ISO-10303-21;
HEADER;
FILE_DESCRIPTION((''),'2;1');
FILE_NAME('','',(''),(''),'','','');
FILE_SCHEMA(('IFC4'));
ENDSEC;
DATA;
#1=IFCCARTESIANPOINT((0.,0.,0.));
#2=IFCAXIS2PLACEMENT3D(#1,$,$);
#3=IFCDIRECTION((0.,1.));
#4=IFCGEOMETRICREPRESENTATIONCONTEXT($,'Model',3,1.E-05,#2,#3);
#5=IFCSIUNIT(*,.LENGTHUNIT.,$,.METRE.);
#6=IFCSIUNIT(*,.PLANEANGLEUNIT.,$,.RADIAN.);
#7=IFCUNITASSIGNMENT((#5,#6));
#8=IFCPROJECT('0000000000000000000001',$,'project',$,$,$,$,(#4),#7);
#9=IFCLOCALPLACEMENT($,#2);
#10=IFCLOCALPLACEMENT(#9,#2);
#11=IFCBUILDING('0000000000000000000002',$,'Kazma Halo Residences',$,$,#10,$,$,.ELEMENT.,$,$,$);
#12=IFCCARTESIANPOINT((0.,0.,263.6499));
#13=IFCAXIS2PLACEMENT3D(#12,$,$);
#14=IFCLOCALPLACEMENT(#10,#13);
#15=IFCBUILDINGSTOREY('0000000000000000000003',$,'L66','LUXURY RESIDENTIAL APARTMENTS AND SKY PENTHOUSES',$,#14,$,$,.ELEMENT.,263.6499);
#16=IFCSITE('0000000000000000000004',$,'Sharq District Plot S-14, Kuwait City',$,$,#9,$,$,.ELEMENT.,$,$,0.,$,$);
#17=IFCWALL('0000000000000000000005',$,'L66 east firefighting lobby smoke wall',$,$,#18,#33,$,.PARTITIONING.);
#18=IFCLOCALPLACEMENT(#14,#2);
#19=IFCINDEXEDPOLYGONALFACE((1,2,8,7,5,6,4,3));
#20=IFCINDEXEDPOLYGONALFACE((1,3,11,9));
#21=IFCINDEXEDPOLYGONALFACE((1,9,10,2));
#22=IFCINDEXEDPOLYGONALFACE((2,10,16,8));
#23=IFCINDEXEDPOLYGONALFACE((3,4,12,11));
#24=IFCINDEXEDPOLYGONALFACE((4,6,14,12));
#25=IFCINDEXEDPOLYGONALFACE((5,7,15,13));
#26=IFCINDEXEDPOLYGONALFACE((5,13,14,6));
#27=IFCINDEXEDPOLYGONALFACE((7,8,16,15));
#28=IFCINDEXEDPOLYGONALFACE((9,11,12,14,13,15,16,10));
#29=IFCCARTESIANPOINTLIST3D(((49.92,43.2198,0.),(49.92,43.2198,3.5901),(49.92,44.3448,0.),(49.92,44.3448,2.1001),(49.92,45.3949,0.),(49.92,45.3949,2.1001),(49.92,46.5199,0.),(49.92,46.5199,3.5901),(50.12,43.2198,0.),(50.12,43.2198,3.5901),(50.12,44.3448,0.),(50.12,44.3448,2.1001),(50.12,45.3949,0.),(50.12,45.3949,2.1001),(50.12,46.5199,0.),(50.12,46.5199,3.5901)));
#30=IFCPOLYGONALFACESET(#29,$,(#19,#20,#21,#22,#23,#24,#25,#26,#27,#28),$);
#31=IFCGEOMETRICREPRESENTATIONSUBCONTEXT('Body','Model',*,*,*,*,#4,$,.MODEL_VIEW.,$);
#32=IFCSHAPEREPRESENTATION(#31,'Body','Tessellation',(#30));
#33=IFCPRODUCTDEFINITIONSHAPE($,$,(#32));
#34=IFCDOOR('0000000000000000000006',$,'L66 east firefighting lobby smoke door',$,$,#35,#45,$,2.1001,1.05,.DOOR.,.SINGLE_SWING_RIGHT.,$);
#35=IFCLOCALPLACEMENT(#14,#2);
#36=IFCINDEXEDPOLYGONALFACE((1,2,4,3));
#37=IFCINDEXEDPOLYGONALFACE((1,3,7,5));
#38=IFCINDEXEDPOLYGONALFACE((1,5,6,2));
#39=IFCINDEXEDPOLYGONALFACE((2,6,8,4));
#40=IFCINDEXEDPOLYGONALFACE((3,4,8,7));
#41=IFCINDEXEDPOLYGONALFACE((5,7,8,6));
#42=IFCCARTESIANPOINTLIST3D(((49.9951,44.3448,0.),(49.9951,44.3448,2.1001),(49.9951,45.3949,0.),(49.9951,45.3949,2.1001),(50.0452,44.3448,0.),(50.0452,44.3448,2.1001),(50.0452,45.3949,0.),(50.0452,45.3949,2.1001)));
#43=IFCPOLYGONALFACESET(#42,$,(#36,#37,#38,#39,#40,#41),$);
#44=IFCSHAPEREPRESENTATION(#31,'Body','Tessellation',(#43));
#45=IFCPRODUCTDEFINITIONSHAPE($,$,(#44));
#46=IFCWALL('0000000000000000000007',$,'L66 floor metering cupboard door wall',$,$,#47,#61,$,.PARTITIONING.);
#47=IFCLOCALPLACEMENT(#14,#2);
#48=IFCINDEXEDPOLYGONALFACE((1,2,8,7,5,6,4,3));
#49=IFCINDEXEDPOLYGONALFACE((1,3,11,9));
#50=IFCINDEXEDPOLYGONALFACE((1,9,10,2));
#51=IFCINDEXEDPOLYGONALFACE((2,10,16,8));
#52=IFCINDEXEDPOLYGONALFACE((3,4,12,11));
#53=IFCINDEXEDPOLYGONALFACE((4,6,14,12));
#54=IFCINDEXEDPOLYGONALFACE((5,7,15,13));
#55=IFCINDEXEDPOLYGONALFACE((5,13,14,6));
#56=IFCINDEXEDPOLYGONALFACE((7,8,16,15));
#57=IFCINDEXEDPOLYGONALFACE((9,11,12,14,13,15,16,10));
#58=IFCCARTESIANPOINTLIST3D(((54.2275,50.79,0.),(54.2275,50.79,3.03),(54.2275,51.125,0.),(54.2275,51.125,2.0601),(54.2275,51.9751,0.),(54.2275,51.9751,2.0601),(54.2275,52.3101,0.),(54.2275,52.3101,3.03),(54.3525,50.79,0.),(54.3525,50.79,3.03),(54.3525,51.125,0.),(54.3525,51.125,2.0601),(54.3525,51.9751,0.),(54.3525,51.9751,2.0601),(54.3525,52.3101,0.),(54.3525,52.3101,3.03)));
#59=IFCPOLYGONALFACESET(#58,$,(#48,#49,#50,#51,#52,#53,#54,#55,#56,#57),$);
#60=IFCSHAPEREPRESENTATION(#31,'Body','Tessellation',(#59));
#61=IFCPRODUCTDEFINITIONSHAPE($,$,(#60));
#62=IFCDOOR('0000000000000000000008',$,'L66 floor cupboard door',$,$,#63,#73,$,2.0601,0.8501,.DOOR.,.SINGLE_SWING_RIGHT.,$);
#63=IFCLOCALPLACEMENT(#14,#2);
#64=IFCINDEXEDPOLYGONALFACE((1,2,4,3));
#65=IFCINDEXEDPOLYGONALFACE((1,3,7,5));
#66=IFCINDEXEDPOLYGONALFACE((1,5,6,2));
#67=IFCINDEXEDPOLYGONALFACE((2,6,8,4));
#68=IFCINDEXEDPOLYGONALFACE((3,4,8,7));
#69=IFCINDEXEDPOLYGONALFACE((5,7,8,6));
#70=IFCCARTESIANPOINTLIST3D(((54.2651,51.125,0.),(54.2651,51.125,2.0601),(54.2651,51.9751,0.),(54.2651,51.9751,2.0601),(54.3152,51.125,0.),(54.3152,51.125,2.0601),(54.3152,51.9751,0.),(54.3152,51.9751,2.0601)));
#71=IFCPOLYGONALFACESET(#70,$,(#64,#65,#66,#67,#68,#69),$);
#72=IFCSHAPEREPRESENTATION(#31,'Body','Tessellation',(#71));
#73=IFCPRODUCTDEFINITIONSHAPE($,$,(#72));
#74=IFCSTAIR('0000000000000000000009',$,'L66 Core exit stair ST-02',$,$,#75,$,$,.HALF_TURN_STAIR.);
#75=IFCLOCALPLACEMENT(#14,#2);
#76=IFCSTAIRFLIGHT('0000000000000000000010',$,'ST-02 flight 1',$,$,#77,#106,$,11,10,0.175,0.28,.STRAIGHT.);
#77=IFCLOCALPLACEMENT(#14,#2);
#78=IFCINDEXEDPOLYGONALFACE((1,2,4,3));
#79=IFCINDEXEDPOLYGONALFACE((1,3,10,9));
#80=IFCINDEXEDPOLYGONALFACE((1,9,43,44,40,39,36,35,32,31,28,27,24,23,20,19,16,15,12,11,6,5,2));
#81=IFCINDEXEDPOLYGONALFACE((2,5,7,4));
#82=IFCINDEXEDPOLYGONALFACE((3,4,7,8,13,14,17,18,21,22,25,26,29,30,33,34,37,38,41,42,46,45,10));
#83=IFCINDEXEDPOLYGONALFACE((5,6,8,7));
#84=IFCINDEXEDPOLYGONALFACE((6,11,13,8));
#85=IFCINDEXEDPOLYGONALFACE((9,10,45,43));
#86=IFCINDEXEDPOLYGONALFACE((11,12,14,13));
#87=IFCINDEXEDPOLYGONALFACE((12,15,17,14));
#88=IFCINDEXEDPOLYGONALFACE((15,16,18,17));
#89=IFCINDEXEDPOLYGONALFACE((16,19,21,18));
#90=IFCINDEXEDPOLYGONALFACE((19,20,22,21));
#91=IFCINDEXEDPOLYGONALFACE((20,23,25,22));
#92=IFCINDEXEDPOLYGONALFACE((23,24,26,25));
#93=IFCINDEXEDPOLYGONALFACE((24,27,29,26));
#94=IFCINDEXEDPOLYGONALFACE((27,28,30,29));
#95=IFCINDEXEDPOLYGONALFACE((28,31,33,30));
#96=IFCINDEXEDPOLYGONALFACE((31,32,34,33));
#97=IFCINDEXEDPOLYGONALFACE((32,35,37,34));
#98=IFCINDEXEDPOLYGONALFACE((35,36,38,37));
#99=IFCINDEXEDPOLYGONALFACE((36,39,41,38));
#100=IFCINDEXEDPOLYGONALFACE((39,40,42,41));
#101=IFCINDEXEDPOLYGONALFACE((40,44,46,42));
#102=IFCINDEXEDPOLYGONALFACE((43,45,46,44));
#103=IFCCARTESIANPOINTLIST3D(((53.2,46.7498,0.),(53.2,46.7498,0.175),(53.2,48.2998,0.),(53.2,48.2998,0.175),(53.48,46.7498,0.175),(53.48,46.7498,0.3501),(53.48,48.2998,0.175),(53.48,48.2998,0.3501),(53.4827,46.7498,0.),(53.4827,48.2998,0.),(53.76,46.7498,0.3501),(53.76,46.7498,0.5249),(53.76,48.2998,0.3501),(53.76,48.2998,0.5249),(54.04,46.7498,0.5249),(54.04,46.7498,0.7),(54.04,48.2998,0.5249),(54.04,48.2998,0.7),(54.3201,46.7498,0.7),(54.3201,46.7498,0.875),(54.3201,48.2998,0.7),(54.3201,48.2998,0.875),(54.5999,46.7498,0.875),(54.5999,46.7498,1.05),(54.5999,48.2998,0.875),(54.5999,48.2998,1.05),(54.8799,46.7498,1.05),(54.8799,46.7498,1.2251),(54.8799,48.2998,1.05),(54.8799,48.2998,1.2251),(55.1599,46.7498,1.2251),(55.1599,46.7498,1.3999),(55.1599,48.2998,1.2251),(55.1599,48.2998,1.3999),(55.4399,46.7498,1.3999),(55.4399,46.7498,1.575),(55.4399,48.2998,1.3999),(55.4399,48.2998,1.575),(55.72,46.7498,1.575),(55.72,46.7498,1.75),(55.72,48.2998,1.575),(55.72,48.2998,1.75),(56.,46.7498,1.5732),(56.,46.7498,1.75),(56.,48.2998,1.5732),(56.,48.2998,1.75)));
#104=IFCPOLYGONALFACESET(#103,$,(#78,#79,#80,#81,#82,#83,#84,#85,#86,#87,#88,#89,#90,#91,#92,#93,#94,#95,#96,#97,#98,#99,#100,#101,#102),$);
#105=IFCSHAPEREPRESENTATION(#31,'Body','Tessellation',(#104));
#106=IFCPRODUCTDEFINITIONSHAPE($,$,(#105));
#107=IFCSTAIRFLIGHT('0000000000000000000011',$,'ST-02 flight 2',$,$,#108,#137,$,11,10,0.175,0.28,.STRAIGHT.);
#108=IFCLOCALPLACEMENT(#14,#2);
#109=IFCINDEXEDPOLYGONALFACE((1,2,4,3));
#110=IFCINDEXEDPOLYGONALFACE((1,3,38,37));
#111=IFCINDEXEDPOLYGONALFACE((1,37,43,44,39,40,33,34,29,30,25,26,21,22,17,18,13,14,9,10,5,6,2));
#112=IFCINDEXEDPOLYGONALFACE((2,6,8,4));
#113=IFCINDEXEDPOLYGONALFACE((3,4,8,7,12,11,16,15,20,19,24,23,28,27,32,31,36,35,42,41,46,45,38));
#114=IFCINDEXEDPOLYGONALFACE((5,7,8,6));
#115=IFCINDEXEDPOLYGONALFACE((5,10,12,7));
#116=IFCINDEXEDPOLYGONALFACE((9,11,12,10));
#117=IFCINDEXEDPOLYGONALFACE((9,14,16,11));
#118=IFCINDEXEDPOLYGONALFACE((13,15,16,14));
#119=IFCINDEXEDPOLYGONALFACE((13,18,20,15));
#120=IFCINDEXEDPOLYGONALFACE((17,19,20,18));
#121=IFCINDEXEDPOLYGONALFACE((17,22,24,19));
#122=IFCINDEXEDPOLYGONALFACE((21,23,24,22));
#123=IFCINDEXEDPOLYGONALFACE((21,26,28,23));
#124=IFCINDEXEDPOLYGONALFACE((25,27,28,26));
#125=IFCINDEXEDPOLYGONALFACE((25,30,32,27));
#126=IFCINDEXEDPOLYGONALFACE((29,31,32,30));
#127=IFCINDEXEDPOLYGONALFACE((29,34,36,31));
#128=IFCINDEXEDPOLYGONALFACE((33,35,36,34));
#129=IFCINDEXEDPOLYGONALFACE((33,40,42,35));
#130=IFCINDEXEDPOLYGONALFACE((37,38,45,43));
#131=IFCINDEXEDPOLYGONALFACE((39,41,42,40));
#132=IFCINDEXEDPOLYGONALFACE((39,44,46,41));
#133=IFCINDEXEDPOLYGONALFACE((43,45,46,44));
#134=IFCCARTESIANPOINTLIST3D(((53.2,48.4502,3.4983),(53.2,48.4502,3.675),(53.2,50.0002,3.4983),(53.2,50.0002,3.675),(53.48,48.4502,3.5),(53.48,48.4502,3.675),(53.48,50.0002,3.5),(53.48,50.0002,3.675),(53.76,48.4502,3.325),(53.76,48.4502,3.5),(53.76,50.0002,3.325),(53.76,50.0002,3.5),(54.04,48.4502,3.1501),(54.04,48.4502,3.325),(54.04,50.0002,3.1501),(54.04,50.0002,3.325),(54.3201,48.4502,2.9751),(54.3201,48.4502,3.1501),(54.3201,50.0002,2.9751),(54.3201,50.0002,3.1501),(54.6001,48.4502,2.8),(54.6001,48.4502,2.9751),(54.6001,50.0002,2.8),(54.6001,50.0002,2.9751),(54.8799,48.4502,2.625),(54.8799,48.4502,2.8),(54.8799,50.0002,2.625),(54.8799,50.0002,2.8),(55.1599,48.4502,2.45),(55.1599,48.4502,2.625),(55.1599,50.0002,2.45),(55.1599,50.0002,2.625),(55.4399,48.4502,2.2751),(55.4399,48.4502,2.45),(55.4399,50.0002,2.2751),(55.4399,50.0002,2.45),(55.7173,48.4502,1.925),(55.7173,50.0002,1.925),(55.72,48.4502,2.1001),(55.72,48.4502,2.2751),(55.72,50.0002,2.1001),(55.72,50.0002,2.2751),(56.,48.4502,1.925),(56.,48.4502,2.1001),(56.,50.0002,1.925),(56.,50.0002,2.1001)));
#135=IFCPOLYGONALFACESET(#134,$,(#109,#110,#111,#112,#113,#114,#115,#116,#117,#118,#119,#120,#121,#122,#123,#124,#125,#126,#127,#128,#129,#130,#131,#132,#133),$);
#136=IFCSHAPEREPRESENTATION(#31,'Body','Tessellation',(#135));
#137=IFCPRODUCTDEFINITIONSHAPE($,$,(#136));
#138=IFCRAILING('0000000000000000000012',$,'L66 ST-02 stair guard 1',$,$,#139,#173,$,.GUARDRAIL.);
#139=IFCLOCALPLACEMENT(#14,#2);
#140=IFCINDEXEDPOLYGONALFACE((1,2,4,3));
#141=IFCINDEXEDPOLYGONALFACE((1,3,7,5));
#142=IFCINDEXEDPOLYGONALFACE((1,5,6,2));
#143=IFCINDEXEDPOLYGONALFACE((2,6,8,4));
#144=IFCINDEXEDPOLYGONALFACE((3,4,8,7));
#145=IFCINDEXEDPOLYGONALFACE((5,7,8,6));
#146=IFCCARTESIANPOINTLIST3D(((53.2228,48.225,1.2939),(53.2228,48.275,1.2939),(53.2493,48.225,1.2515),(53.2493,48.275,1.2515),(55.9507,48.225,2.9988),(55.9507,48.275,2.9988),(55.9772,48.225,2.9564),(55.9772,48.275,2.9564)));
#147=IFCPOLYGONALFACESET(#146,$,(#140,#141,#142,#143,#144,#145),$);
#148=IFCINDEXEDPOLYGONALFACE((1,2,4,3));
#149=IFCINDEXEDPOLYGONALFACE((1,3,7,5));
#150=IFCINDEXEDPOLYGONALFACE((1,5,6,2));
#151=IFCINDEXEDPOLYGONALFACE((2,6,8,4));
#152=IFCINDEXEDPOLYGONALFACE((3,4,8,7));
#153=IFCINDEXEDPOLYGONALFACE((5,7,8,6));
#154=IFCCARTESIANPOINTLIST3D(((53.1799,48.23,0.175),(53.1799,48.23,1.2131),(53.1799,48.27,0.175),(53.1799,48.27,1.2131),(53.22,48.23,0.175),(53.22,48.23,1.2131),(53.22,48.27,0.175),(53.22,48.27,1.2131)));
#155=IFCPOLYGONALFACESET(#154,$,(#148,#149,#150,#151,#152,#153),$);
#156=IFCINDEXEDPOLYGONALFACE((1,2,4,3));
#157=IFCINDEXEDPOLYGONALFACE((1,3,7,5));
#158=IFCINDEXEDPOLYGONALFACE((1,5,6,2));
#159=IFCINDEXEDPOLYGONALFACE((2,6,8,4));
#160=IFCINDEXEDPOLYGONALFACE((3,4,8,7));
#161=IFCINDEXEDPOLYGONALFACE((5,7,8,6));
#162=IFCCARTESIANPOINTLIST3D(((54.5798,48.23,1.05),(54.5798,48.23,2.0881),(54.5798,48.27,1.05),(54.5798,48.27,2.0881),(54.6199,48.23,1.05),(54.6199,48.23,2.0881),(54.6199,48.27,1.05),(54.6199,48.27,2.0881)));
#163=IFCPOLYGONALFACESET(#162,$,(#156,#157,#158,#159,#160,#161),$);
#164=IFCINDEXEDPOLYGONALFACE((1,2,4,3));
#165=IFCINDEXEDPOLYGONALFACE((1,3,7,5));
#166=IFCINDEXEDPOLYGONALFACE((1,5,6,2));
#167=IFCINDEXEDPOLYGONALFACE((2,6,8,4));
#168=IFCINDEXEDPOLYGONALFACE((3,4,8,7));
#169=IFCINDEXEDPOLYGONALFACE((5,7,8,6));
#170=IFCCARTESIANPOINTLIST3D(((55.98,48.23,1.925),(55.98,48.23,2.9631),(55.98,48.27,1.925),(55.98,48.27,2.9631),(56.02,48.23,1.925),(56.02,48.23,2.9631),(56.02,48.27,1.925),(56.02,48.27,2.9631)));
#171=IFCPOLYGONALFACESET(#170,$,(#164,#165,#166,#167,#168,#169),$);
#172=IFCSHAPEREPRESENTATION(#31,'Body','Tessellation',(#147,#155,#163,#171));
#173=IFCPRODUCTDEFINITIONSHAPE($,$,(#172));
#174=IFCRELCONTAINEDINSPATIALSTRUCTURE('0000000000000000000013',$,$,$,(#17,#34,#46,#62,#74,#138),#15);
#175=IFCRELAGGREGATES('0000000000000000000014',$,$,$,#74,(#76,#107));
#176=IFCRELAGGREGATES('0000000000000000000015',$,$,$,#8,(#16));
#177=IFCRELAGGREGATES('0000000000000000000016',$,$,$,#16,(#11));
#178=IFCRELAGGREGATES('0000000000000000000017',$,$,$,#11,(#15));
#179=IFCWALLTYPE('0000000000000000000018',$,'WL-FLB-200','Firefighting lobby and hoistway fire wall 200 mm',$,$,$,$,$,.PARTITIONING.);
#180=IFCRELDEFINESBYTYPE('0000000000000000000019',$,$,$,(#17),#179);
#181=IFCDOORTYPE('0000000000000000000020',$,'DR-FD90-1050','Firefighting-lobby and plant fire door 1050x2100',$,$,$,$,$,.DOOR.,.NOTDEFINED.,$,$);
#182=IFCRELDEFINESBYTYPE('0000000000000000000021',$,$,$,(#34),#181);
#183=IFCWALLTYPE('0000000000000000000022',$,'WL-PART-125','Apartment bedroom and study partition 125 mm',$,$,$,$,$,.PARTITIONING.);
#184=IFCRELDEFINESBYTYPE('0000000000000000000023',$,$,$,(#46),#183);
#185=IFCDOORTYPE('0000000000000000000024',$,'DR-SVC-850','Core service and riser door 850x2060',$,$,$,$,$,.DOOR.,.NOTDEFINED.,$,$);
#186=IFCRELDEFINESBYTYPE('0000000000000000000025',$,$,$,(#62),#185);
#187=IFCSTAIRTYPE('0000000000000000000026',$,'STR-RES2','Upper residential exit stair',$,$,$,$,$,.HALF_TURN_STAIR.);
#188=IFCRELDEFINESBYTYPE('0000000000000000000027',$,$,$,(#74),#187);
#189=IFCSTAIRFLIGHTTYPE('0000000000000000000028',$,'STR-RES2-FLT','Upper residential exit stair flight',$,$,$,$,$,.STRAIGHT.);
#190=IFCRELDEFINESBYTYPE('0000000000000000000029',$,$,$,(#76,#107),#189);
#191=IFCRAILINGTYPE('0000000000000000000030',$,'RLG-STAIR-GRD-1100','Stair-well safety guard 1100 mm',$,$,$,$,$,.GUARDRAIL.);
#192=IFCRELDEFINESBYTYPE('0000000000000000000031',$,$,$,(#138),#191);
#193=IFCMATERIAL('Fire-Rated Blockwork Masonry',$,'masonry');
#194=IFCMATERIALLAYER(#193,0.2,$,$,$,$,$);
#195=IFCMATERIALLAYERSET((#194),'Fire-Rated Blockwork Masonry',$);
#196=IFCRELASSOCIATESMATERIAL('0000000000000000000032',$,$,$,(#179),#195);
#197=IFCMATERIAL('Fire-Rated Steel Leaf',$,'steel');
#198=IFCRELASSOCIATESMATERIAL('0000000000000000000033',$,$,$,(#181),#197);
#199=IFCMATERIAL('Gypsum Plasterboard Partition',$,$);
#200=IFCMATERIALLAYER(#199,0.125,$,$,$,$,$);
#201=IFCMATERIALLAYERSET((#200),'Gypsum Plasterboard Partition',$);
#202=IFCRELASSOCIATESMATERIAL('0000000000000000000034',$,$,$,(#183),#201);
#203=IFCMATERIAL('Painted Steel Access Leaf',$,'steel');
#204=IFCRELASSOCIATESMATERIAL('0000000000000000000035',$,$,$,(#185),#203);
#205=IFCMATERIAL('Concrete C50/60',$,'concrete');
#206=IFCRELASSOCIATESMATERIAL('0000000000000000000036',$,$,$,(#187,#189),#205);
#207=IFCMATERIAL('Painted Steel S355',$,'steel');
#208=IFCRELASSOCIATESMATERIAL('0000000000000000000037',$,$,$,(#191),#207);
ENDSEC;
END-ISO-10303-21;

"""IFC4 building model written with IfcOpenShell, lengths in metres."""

from ifc_helpers import new_model, si_unit, direction, frame, frame_2d, origin, origin_2d, place, context, subcontext, project, spatial, polyline, rectangle, outline, extrude, material, layer, layer_set, type_object, element, fill, aggregate, save


model = new_model("IFC4")

# Units and contexts
model_context = context("Model", 3, precision=1e-05, world=origin(), true_north=direction((0.0, 1.0)))
body_context = subcontext(model_context, "Body", "Model", "MODEL_VIEW")
ifc_project = project(units=[si_unit("LENGTHUNIT", "METRE"), si_unit("PLANEANGLEUNIT", "RADIAN")], contexts=[model_context])

# Site, building, storey
site_placement = place(None, origin())
site = spatial("IfcSite", under=ifc_project, at=site_placement, Name="Sharq District Plot S-14, Kuwait City", CompositionType="ELEMENT", RefElevation=0.0)
building_placement = place(site_placement, origin())
building = spatial("IfcBuilding", under=site, at=building_placement, Name="Kazma Halo Residences", CompositionType="ELEMENT")
storey_placement = place(building_placement, frame((0.0, 0.0, 263.6499)))
storey = spatial("IfcBuildingStorey", under=building, at=storey_placement, Name="L66", Description="LUXURY RESIDENTIAL APARTMENTS AND SKY PENTHOUSES", CompositionType="ELEMENT", Elevation=263.6499)

# Shared definitions
ifc_material_1 = material(Name="Fire-Rated Blockwork Masonry", Category="masonry")
ifc_layer_1 = layer(ifc_material_1, 0.2)
ifc_layer_set_1 = layer_set([ifc_layer_1], Name="Fire-Rated Blockwork Masonry")
wall_type_1 = type_object("IfcWallType", Name="WL-FLB-200", Description="Firefighting lobby and hoistway fire wall 200 mm", PredefinedType="PARTITIONING", material=ifc_layer_set_1)

# Walls, openings, doors
wall_1_placement = place(storey_placement, frame((50.02, 43.22, 0.0), z_axis=(0.0, 0.0, 1.0), x_axis=(0.0, 1.0, 0.0)))
wall_1 = element("IfcWall", 1, at=wall_1_placement, inside=storey, type_object=wall_type_1, Name="L66 east firefighting lobby smoke wall", PredefinedType="PARTITIONING", context=body_context, shape_type="SweptSolid", body=[
    extrude(rectangle(XDim=3.3, YDim=0.2, at=frame_2d((1.6499, 0.0))), origin(), (0.0, 0.0, 1.0), 3.5901),
])
opening_1_placement = place(wall_1_placement, frame((1.125, 0.0, 0.0)))
opening_1 = element("IfcOpeningElement", 2, at=opening_1_placement, cuts=wall_1, PredefinedType="OPENING", context=body_context, shape_type="SweptSolid", body=[
    extrude(rectangle(XDim=1.05, YDim=2.1001, at=frame_2d((0.5249, 1.05))), frame((0.0, 0.1099, 0.0), z_axis=(0.0, -1.0, 0.0), x_axis=(1.0, 0.0, 0.0)), (0.0, 0.0, 1.0), 0.22),
])
ifc_material_2 = material(Name="Fire-Rated Steel Leaf", Category="steel")
door_type_1 = type_object("IfcDoorType", Name="DR-FD90-1050", Description="Firefighting-lobby and plant fire door 1050x2100", OperationType="NOTDEFINED", PredefinedType="DOOR", material=ifc_material_2)
door_1_placement = place(opening_1_placement, origin())
door_1 = element("IfcDoor", 3, at=door_1_placement, inside=storey, type_object=door_type_1, Name="L66 east firefighting lobby smoke door", OperationType="SINGLE_SWING_RIGHT", OverallHeight=2.1001, OverallWidth=1.05, PredefinedType="DOOR", context=body_context, shape_type="SweptSolid", body=[
    extrude(rectangle(XDim=1.05, YDim=2.1001, at=frame_2d((0.5249, 1.05))), frame((0.0, 0.0249, 0.0), z_axis=(0.0, -1.0, 0.0), x_axis=(1.0, 0.0, 0.0)), (0.0, 0.0, 1.0), 0.05),
])
fill(opening_1, door_1)
ifc_material_3 = material(Name="Gypsum Plasterboard Partition")
ifc_layer_2 = layer(ifc_material_3, 0.125)
ifc_layer_set_2 = layer_set([ifc_layer_2], Name="Gypsum Plasterboard Partition")
wall_type_2 = type_object("IfcWallType", Name="WL-PART-125", Description="Apartment bedroom and study partition 125 mm", PredefinedType="PARTITIONING", material=ifc_layer_set_2)
wall_2_placement = place(storey_placement, frame((54.29, 50.79, 0.0), z_axis=(0.0, 0.0, 1.0), x_axis=(0.0, 1.0, 0.0)))
wall_2 = element("IfcWall", 4, at=wall_2_placement, inside=storey, type_object=wall_type_2, Name="L66 floor metering cupboard door wall", PredefinedType="PARTITIONING", context=body_context, shape_type="SweptSolid", body=[
    extrude(rectangle(XDim=1.52, YDim=0.125, at=frame_2d((0.76, 0.0))), origin(), (0.0, 0.0, 1.0), 3.03),
])
opening_2_placement = place(wall_2_placement, frame((0.335, 0.0, 0.0)))
opening_2 = element("IfcOpeningElement", 5, at=opening_2_placement, cuts=wall_2, PredefinedType="OPENING", context=body_context, shape_type="SweptSolid", body=[
    extrude(rectangle(XDim=0.8501, YDim=2.0601, at=frame_2d((0.425, 1.03))), frame((0.0, 0.0725, 0.0), z_axis=(0.0, -1.0, 0.0), x_axis=(1.0, 0.0, 0.0)), (0.0, 0.0, 1.0), 0.145),
])
ifc_material_4 = material(Name="Painted Steel Access Leaf", Category="steel")
door_type_2 = type_object("IfcDoorType", Name="DR-SVC-850", Description="Core service and riser door 850x2060", OperationType="NOTDEFINED", PredefinedType="DOOR", material=ifc_material_4)
door_2_placement = place(opening_2_placement, origin())
door_2 = element("IfcDoor", 6, at=door_2_placement, inside=storey, type_object=door_type_2, Name="L66 floor cupboard door", OperationType="SINGLE_SWING_RIGHT", OverallHeight=2.0601, OverallWidth=0.8501, PredefinedType="DOOR", context=body_context, shape_type="SweptSolid", body=[
    extrude(rectangle(XDim=0.8501, YDim=2.0601, at=frame_2d((0.425, 1.03))), frame((0.0, 0.0249, 0.0), z_axis=(0.0, -1.0, 0.0), x_axis=(1.0, 0.0, 0.0)), (0.0, 0.0, 1.0), 0.05),
])
fill(opening_2, door_2)
ifc_material_5 = material(Name="Concrete C50/60", Category="concrete")

# Stair, stair flights
stair_type = type_object("IfcStairType", Name="STR-RES2", Description="Upper residential exit stair", PredefinedType="HALF_TURN_STAIR", material=ifc_material_5)
stair_placement = place(storey_placement, origin())
stair = element("IfcStair", 7, at=stair_placement, inside=storey, type_object=stair_type, Name="L66 Core exit stair ST-02", PredefinedType="HALF_TURN_STAIR")
stair_flight_type = type_object("IfcStairFlightType", Name="STR-RES2-FLT", Description="Upper residential exit stair flight", PredefinedType="STRAIGHT", material=ifc_material_5)
stair_flight_1_placement = place(storey_placement, frame((53.2, 47.5249, 0.0), z_axis=(0.0, 0.0, 1.0), x_axis=(1.0, 0.0, 0.0)))
stair_flight_1 = element("IfcStairFlight", 8, at=stair_flight_1_placement, type_object=stair_flight_type, Name="ST-02 flight 1", NumberOfRisers=11, NumberOfTreads=10, PredefinedType="STRAIGHT", RiserHeight=0.175, TreadLength=0.28, context=body_context, shape_type="SweptSolid", body=[
    extrude(outline(polyline([(0.0, 0.0), (0.0, 0.175), (0.28, 0.175), (0.28, 0.3501), (0.5601, 0.3501), (0.5601, 0.5249), (0.8401, 0.5249), (0.8401, 0.7), (1.1201, 0.7), (1.1201, 0.875), (1.3999, 0.875), (1.3999, 1.05), (1.6799, 1.05), (1.6799, 1.2251), (1.96, 1.2251), (1.96, 1.3999), (2.24, 1.3999), (2.24, 1.575), (2.52, 1.575), (2.52, 1.75), (2.8, 1.75), (2.8, 1.925), (2.8, 1.5732), (0.2827, 0.0), (0.0, 0.0)])), frame((0.0, 0.7749, 0.0), z_axis=(0.0, -1.0, 0.0), x_axis=(1.0, 0.0, 0.0)), (0.0, 0.0, 1.0), 1.55),
])
stair_flight_2_placement = place(storey_placement, frame((56.0, 49.2251, 1.925), z_axis=(0.0, 0.0, 1.0), x_axis=(-1.0, 0.0, 0.0)))
stair_flight_2 = element("IfcStairFlight", 9, at=stair_flight_2_placement, type_object=stair_flight_type, Name="ST-02 flight 2", NumberOfRisers=11, NumberOfTreads=10, PredefinedType="STRAIGHT", RiserHeight=0.175, TreadLength=0.28, context=body_context, shape_type="SweptSolid", body=[
    extrude(outline(polyline([(0.0, 0.0), (0.0, 0.175), (0.28, 0.175), (0.28, 0.3501), (0.5601, 0.3501), (0.5601, 0.5249), (0.8401, 0.5249), (0.8401, 0.7), (1.1201, 0.7), (1.1201, 0.875), (1.3999, 0.875), (1.3999, 1.05), (1.6799, 1.05), (1.6799, 1.2251), (1.96, 1.2251), (1.96, 1.3999), (2.24, 1.3999), (2.24, 1.575), (2.52, 1.575), (2.52, 1.75), (2.8, 1.75), (2.8, 1.925), (2.8, 1.5732), (0.2827, 0.0), (0.0, 0.0)])), frame((0.0, 0.7749, 0.0), z_axis=(0.0, -1.0, 0.0), x_axis=(1.0, 0.0, 0.0)), (0.0, 0.0, 1.0), 1.55),
])
aggregate(stair, [stair_flight_1, stair_flight_2])

# Railing
ifc_material_6 = material(Name="Painted Steel S355", Category="steel")
railing_type_1 = type_object("IfcRailingType", Name="RLG-STAIR-GRD-1100", Description="Stair-well safety guard 1100 mm", PredefinedType="GUARDRAIL", material=ifc_material_6)
railing_1_placement = place(storey_placement, frame((53.2, 48.25, 0.175)))
element("IfcRailing", 10, at=railing_1_placement, inside=storey, type_object=railing_type_1, Name="L66 ST-02 stair guard 1", PredefinedType="GUARDRAIL", context=body_context, shape_type="SweptSolid", body=[
    extrude(rectangle(XDim=0.05, YDim=0.05, at=origin_2d()), frame((0.0361, 0.0, 1.0977), z_axis=(0.848002, 0.0, 0.529992), x_axis=(0.0, 1.0, 0.0)), (0.0, 0.0, 1.0), 3.2168),
    extrude(rectangle(XDim=0.04, YDim=0.04, at=origin_2d()), origin(), (0.0, 0.0, 1.0), 1.0381),
    extrude(rectangle(XDim=0.04, YDim=0.04, at=origin_2d()), frame((1.3999, 0.0, 0.875)), (0.0, 0.0, 1.0), 1.0381),
    extrude(rectangle(XDim=0.04, YDim=0.04, at=origin_2d()), frame((2.8, 0.0, 1.75)), (0.0, 0.0, 1.0), 1.0381),
])

save(model, "model.ifc")
